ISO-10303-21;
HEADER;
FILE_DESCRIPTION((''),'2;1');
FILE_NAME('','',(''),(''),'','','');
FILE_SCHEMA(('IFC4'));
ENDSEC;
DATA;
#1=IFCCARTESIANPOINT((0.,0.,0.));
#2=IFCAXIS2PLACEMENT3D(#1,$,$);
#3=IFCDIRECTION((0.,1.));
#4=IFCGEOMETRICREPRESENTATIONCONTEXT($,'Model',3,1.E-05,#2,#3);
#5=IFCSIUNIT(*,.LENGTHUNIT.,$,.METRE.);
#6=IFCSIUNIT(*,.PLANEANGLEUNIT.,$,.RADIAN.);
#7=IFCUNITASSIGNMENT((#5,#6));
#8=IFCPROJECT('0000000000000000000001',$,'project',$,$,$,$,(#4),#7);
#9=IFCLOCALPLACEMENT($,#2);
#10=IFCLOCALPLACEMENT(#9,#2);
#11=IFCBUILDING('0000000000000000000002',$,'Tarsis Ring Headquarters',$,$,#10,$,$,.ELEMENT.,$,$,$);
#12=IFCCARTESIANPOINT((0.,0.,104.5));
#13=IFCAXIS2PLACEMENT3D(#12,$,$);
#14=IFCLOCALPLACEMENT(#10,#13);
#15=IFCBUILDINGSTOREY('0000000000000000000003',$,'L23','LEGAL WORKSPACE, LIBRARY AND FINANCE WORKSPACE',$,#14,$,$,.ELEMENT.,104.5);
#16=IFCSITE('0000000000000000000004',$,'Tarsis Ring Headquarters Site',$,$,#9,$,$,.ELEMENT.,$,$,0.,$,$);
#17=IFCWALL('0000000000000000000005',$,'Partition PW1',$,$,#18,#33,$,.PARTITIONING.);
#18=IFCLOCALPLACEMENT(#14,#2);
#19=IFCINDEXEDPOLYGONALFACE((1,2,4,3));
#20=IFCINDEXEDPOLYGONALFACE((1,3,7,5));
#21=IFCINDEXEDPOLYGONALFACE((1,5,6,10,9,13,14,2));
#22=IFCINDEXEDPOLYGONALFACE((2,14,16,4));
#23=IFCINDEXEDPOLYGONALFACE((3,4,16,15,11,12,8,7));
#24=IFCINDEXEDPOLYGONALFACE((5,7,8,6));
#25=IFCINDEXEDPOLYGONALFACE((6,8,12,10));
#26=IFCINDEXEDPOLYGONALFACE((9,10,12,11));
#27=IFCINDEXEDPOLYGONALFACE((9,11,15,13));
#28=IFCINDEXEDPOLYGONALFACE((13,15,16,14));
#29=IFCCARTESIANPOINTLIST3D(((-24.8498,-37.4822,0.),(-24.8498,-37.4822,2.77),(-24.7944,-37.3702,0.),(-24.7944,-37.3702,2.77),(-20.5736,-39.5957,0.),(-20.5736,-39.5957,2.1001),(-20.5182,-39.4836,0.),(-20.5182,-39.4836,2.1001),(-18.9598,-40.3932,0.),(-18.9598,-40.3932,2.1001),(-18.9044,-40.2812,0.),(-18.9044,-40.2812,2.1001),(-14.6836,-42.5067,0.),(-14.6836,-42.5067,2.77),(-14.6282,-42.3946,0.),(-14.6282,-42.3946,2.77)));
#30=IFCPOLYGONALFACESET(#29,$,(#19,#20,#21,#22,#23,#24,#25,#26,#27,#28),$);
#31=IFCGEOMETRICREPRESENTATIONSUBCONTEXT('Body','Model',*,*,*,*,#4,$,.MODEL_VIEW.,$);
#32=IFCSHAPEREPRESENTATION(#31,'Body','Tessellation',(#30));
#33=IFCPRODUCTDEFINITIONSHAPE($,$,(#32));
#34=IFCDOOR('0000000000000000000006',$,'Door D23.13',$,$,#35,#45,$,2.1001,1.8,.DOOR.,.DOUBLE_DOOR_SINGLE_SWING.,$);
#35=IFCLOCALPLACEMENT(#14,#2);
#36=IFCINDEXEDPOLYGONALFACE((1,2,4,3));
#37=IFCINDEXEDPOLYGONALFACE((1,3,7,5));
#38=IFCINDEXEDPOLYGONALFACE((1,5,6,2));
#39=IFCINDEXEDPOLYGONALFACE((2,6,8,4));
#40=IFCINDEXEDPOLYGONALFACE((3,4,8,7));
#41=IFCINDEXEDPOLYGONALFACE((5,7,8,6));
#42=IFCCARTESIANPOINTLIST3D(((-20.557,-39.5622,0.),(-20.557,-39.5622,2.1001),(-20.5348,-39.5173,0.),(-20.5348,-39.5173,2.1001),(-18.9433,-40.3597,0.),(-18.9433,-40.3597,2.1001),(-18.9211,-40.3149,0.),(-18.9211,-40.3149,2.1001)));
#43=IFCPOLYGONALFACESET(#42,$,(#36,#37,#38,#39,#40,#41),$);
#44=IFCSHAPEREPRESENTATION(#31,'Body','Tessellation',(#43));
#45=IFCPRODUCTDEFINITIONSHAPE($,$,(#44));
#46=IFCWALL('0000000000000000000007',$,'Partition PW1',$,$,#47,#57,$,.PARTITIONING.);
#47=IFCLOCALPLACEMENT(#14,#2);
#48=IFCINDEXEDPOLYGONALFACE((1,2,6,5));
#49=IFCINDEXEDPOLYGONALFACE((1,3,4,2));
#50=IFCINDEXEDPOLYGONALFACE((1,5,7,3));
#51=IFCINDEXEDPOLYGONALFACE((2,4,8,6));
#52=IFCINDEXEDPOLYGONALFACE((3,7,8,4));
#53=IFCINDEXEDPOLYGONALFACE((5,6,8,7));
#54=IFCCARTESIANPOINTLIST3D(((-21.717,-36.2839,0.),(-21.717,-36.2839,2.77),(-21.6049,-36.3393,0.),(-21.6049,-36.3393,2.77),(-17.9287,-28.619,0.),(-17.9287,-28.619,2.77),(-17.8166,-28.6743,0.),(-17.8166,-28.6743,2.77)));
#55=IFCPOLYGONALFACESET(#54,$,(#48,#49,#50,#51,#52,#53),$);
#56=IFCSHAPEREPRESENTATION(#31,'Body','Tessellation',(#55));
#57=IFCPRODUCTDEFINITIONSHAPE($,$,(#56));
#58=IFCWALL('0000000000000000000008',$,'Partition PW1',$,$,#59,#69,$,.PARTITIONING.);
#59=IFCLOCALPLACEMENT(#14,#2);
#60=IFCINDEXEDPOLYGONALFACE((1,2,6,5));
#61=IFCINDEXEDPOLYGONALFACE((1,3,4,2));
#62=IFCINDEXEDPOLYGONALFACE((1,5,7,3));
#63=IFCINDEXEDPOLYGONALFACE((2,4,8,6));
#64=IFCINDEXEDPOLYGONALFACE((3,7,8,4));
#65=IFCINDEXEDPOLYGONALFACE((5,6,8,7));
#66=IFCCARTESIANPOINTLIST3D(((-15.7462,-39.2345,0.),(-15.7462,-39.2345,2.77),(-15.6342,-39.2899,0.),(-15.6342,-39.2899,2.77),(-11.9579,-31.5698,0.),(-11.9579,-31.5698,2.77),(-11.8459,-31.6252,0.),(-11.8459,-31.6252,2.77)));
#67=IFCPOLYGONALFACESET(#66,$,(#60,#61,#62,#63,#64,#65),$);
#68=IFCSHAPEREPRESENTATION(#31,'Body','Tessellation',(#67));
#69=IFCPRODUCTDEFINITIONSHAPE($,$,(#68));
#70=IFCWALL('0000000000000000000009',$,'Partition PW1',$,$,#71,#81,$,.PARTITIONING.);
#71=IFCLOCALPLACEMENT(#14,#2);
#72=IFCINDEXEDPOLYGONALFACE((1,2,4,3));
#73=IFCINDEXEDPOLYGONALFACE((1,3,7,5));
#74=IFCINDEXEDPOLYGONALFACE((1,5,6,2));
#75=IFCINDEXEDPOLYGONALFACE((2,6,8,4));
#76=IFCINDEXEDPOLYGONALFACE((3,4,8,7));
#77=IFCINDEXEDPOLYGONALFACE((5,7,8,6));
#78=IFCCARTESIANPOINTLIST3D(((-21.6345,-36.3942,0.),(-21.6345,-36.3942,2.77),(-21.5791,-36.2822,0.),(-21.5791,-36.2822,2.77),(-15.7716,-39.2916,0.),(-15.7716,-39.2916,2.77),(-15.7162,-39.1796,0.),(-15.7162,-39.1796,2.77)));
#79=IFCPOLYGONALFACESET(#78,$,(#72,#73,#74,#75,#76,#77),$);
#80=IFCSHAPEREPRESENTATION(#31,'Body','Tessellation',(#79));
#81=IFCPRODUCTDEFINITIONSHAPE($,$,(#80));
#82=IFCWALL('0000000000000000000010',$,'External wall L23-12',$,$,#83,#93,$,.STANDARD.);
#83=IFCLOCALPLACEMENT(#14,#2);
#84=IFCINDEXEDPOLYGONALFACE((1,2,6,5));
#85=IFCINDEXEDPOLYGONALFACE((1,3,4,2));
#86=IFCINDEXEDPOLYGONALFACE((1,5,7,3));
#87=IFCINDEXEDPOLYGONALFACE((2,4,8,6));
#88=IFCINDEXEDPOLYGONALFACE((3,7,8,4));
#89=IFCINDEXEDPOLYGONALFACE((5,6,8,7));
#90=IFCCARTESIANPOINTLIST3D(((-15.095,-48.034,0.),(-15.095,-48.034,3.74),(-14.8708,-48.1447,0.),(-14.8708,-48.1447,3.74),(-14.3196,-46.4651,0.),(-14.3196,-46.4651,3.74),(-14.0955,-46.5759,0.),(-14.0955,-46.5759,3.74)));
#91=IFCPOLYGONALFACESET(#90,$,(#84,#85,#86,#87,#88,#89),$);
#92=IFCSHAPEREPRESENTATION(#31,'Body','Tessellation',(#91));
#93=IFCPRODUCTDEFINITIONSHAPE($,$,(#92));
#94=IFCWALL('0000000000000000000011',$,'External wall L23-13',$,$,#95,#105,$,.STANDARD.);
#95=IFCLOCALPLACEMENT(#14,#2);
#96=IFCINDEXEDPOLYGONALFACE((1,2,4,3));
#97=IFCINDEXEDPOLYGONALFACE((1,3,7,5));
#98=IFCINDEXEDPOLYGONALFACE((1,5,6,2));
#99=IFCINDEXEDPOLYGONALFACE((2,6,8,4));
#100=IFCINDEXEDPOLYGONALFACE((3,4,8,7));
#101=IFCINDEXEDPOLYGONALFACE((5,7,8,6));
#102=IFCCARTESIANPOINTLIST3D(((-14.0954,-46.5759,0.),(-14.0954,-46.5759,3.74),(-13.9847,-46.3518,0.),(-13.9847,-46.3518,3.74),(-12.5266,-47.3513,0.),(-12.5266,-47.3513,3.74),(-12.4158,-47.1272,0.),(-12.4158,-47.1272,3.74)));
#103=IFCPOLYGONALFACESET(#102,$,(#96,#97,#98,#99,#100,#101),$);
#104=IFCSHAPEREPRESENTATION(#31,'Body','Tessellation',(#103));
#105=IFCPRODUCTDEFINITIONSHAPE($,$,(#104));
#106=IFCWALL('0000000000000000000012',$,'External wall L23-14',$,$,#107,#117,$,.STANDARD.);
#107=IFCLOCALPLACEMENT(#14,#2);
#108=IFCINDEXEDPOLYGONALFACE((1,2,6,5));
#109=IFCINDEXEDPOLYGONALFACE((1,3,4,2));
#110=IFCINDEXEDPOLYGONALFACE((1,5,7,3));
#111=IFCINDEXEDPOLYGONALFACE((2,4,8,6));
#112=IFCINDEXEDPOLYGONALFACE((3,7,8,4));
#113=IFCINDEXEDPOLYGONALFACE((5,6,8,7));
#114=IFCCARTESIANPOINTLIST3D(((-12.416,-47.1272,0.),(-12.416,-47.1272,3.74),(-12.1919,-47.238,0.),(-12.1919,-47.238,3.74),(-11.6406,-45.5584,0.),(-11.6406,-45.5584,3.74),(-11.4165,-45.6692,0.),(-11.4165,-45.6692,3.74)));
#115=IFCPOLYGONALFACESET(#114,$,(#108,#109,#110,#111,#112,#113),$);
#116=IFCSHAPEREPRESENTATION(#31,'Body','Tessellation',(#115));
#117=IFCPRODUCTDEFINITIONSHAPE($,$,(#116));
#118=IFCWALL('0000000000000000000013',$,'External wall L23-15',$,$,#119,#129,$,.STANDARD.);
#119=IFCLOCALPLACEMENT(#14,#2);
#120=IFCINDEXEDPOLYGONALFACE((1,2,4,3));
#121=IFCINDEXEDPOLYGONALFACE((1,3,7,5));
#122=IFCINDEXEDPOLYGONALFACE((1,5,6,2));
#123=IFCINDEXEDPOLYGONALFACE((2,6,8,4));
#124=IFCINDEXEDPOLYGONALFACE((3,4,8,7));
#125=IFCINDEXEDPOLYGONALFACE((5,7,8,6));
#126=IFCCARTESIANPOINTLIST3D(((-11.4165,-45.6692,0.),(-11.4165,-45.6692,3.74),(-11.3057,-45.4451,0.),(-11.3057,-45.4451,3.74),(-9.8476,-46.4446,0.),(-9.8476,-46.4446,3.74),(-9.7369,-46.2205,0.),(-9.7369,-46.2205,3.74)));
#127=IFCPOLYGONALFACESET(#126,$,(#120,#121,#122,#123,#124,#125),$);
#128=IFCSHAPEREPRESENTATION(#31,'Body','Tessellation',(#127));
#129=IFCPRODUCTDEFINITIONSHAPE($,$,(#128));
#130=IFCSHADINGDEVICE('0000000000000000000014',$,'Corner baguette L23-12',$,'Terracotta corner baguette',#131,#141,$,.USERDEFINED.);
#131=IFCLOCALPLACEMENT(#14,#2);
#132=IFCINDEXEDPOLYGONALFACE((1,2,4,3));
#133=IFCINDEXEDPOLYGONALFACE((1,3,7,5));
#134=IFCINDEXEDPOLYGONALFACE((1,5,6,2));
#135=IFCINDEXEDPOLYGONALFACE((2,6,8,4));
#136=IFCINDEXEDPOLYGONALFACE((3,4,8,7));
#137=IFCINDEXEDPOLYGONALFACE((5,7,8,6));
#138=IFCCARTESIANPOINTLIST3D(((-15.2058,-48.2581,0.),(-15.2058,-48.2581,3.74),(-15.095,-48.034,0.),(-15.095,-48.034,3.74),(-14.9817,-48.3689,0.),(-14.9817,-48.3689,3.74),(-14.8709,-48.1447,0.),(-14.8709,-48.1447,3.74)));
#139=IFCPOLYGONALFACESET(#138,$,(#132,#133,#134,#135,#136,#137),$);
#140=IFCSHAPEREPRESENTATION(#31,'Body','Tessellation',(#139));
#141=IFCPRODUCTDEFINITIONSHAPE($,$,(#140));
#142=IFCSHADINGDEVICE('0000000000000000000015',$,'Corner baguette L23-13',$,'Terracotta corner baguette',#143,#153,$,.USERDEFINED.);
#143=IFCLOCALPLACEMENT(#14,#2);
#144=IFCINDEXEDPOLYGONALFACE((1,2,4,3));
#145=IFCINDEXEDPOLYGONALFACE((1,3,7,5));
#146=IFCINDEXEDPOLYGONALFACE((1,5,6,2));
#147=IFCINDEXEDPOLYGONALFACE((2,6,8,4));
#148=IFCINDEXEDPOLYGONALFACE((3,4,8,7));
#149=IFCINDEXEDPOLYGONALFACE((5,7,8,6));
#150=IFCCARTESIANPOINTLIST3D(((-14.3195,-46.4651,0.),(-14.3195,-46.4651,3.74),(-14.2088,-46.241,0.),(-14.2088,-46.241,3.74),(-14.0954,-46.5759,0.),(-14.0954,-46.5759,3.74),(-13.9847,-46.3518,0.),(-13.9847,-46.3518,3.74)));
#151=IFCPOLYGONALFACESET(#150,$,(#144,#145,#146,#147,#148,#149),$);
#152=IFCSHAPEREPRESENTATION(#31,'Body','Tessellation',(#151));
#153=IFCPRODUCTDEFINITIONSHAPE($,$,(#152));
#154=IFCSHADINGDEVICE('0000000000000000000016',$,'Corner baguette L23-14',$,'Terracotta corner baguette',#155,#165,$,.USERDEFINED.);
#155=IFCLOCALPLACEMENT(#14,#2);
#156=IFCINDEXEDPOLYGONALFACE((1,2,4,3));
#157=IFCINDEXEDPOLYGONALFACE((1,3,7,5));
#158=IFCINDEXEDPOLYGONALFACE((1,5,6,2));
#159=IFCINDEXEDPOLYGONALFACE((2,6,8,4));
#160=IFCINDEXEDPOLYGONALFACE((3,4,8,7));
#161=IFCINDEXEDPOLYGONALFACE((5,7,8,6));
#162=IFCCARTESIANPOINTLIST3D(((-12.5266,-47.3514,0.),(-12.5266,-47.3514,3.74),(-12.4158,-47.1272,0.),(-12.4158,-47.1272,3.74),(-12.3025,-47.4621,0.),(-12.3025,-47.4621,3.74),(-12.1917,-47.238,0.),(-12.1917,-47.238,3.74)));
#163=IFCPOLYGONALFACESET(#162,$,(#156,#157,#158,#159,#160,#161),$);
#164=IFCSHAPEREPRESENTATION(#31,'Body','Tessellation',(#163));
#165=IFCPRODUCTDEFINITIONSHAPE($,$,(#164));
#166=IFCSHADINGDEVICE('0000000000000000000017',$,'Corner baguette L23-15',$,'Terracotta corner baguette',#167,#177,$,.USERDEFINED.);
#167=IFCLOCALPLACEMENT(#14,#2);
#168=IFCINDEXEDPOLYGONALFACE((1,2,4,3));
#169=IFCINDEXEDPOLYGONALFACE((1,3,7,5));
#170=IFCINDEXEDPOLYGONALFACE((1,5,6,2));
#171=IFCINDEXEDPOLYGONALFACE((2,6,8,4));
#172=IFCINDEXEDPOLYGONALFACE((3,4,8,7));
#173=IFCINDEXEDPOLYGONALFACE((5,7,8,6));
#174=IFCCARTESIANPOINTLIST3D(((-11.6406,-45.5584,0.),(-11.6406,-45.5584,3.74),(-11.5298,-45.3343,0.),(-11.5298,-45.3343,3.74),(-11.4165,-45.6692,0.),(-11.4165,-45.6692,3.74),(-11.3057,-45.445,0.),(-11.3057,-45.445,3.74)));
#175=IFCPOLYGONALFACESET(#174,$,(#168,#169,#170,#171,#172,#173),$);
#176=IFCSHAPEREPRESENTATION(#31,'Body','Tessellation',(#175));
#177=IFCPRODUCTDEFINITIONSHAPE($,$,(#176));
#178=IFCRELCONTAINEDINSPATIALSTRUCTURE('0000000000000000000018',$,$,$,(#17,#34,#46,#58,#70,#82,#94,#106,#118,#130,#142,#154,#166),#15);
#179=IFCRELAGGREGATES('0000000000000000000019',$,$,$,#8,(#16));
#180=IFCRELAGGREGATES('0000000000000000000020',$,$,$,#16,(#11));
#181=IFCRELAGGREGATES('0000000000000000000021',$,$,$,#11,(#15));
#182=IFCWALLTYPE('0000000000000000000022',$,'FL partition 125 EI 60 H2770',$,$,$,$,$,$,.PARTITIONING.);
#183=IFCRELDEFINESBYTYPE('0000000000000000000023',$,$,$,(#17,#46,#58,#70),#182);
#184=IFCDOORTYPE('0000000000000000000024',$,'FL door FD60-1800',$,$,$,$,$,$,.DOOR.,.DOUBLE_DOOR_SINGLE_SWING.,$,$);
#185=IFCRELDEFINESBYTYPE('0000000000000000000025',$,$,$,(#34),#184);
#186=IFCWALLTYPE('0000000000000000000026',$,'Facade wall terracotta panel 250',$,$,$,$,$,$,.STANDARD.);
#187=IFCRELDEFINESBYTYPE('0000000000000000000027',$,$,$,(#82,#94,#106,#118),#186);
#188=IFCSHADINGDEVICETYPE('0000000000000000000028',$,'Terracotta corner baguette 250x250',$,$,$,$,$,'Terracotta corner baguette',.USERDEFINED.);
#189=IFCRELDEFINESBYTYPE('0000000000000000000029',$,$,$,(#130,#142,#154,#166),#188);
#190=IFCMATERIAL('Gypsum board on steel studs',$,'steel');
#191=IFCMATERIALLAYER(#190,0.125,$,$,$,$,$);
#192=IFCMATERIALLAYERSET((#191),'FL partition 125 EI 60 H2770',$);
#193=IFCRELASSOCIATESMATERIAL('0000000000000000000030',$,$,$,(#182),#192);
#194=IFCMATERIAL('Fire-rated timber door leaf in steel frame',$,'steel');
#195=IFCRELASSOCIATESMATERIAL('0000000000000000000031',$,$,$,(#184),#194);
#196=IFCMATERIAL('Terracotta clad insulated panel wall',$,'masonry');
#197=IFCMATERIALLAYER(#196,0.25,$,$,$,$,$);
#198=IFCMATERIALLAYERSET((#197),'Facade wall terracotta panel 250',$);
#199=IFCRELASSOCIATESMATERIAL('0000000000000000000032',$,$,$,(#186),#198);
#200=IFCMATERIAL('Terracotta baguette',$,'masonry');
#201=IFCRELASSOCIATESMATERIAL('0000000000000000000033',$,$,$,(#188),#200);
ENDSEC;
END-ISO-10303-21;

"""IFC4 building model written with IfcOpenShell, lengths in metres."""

from ifc_helpers import new_model, si_unit, direction, frame, frame_2d, origin, origin_2d, place, context, subcontext, project, spatial, rectangle, extrude, material, layer, layer_set, type_object, element, fill, save


model = new_model("IFC4")

# Units and contexts
model_context = context("Model", 3, precision=1e-05, world=origin(), true_north=direction((0.0, 1.0)))
body_context = subcontext(model_context, "Body", "Model", "MODEL_VIEW")
ifc_project = project(units=[si_unit("LENGTHUNIT", "METRE"), si_unit("PLANEANGLEUNIT", "RADIAN")], contexts=[model_context])

# Site, building, storey
site_placement = place(None, origin())
site = spatial("IfcSite", under=ifc_project, at=site_placement, Name="Tarsis Ring Headquarters Site", CompositionType="ELEMENT", RefElevation=0.0)
building_placement = place(site_placement, origin())
building = spatial("IfcBuilding", under=site, at=building_placement, Name="Tarsis Ring Headquarters", CompositionType="ELEMENT")
storey_placement = place(building_placement, frame((0.0, 0.0, 104.5)))
storey = spatial("IfcBuildingStorey", under=building, at=storey_placement, Name="L23", Description="LEGAL WORKSPACE, LIBRARY AND FINANCE WORKSPACE", CompositionType="ELEMENT", Elevation=104.5)

# Shared definitions
ifc_material_1 = material(Name="Gypsum board on steel studs", Category="steel")

# Wall, opening, door
ifc_layer_1 = layer(ifc_material_1, 0.125)
ifc_layer_set_1 = layer_set([ifc_layer_1], Name="FL partition 125 EI 60 H2770")
wall_type_1 = type_object("IfcWallType", Name="FL partition 125 EI 60 H2770", PredefinedType="PARTITIONING", material=ifc_layer_set_1)
ifc_material_2 = material(Name="Fire-rated timber door leaf in steel frame", Category="steel")
wall_1_placement = place(storey_placement, frame((-24.822, -37.4263, 0.0), z_axis=(0.0, 0.0, 1.0), x_axis=(0.896489, -0.443067, 0.0)))
wall_1 = element("IfcWall", 1, at=wall_1_placement, inside=storey, type_object=wall_type_1, Name="Partition PW1", PredefinedType="PARTITIONING", context=body_context, shape_type="SweptSolid", body=[
    extrude(rectangle(XDim=11.3401, YDim=0.125, at=frame_2d((5.6699, 0.0))), origin(), (0.0, 0.0, 1.0), 2.77),
])
opening_1_placement = place(wall_1_placement, frame((4.77, 0.0, 0.0)))
opening_1 = element("IfcOpeningElement", 2, at=opening_1_placement, cuts=wall_1, PredefinedType="OPENING", context=body_context, shape_type="SweptSolid", body=[
    extrude(rectangle(XDim=1.8, YDim=2.1001, at=frame_2d((0.8999, 1.05))), frame((0.0, 0.0725, 0.0), z_axis=(0.0, -1.0, 0.0), x_axis=(1.0, 0.0, 0.0)), (0.0, 0.0, 1.0), 0.145),
])
door_type_1 = type_object("IfcDoorType", Name="FL door FD60-1800", OperationType="DOUBLE_DOOR_SINGLE_SWING", PredefinedType="DOOR", material=ifc_material_2)
door_1_placement = place(opening_1_placement, origin())
door_1 = element("IfcDoor", 3, at=door_1_placement, inside=storey, type_object=door_type_1, Name="Door D23.13", OperationType="DOUBLE_DOOR_SINGLE_SWING", OverallHeight=2.1001, OverallWidth=1.8, PredefinedType="DOOR", context=body_context, shape_type="SweptSolid", body=[
    extrude(rectangle(XDim=1.8, YDim=2.1001, at=frame_2d((0.8999, 1.05))), frame((0.0, 0.0249, 0.0), z_axis=(0.0, -1.0, 0.0), x_axis=(1.0, 0.0, 0.0)), (0.0, 0.0, 1.0), 0.05),
])
fill(opening_1, door_1)

# Walls
wall_2_placement = place(storey_placement, frame((-21.6609, -36.3115, 0.0), z_axis=(0.0, 0.0, 1.0), x_axis=(0.443074, 0.896485, 0.0)))
element("IfcWall", 4, at=wall_2_placement, inside=storey, type_object=wall_type_1, Name="Partition PW1", PredefinedType="PARTITIONING", context=body_context, shape_type="SweptSolid", body=[
    extrude(rectangle(XDim=8.55, YDim=0.125, at=frame_2d((4.2749, 0.0))), origin(), (0.0, 0.0, 1.0), 2.77),
])
wall_3_placement = place(storey_placement, frame((-15.6902, -39.2622, 0.0), z_axis=(0.0, 0.0, 1.0), x_axis=(0.443086, 0.896479, 0.0)))
element("IfcWall", 5, at=wall_3_placement, inside=storey, type_object=wall_type_1, Name="Partition PW1", PredefinedType="PARTITIONING", context=body_context, shape_type="SweptSolid", body=[
    extrude(rectangle(XDim=8.5498, YDim=0.125, at=frame_2d((4.2749, 0.0))), origin(), (0.0, 0.0, 1.0), 2.77),
])
wall_4_placement = place(storey_placement, frame((-21.6069, -36.3381, 0.0), z_axis=(0.0, 0.0, 1.0), x_axis=(0.896501, -0.443043, 0.0)))
element("IfcWall", 6, at=wall_4_placement, inside=storey, type_object=wall_type_1, Name="Partition PW1", PredefinedType="PARTITIONING", context=body_context, shape_type="SweptSolid", body=[
    extrude(rectangle(XDim=6.5398, YDim=0.125, at=frame_2d((3.27, 0.0))), origin(), (0.0, 0.0, 1.0), 2.77),
])
ifc_material_3 = material(Name="Terracotta clad insulated panel wall", Category="masonry")
ifc_layer_2 = layer(ifc_material_3, 0.25)
ifc_layer_set_2 = layer_set([ifc_layer_2], Name="Facade wall terracotta panel 250")
wall_type_2 = type_object("IfcWallType", Name="Facade wall terracotta panel 250", PredefinedType="STANDARD", material=ifc_layer_set_2)
for number, where, z_axis, x_axis, name in (
    (7, (-14.9829, -48.0894, 0.0), (0.0, 0.0, 1.0), (0.443079, 0.896482, 0.0), "External wall L23-12"),
    (8, (-14.04, -46.4639, 0.0), (0.0, 0.0, 1.0), (0.896482, -0.443079, 0.0), "External wall L23-13"),
    (9, (-12.304, -47.1826, 0.0), (0.0, 0.0, 1.0), (0.443079, 0.896482, 0.0), "External wall L23-14"),
    (10, (-11.3611, -45.5571, 0.0), (0.0, 0.0, 1.0), (0.896482, -0.443079, 0.0), "External wall L23-15"),
):
    element("IfcWall", number, at=place(storey_placement, frame(where, z_axis=z_axis, x_axis=x_axis)), inside=storey, type_object=wall_type_2, Name=name, PredefinedType="STANDARD", context=body_context, shape_type="SweptSolid", body=[
        extrude(rectangle(XDim=1.75, YDim=0.25, at=frame_2d((0.875, 0.0))), origin(), (0.0, 0.0, 1.0), 3.74),
    ])

# Shading devices
ifc_material_4 = material(Name="Terracotta baguette", Category="masonry")
shading_device_type_1 = type_object("IfcShadingDeviceType", Name="Terracotta corner baguette 250x250", ElementType="Terracotta corner baguette", PredefinedType="USERDEFINED", material=ifc_material_4)
for number, where, z_axis, x_axis, name in (
    (11, (-15.0383, -48.2014, 0.0), (0.0, 0.0, 1.0), (0.896486, -0.443071, 0.0), "Corner baguette L23-12"),
    (12, (-14.1521, -46.4084, 0.0), (0.0, 0.0, 1.0), (0.443071, 0.896487, 0.0), "Corner baguette L23-13"),
    (13, (-12.3591, -47.2947, 0.0), (0.0, 0.0, 1.0), (0.896486, -0.443071, 0.0), "Corner baguette L23-14"),
    (14, (-11.4731, -45.5017, 0.0), (0.0, 0.0, 1.0), (0.443071, 0.896486, 0.0), "Corner baguette L23-15"),
):
    element("IfcShadingDevice", number, at=place(storey_placement, frame(where, z_axis=z_axis, x_axis=x_axis)), inside=storey, type_object=shading_device_type_1, Name=name, ObjectType="Terracotta corner baguette", PredefinedType="USERDEFINED", context=body_context, shape_type="SweptSolid", body=[
        extrude(rectangle(XDim=0.25, YDim=0.25, at=origin_2d()), origin(), (0.0, 0.0, 1.0), 3.74),
    ])

save(model, "model.ifc")
